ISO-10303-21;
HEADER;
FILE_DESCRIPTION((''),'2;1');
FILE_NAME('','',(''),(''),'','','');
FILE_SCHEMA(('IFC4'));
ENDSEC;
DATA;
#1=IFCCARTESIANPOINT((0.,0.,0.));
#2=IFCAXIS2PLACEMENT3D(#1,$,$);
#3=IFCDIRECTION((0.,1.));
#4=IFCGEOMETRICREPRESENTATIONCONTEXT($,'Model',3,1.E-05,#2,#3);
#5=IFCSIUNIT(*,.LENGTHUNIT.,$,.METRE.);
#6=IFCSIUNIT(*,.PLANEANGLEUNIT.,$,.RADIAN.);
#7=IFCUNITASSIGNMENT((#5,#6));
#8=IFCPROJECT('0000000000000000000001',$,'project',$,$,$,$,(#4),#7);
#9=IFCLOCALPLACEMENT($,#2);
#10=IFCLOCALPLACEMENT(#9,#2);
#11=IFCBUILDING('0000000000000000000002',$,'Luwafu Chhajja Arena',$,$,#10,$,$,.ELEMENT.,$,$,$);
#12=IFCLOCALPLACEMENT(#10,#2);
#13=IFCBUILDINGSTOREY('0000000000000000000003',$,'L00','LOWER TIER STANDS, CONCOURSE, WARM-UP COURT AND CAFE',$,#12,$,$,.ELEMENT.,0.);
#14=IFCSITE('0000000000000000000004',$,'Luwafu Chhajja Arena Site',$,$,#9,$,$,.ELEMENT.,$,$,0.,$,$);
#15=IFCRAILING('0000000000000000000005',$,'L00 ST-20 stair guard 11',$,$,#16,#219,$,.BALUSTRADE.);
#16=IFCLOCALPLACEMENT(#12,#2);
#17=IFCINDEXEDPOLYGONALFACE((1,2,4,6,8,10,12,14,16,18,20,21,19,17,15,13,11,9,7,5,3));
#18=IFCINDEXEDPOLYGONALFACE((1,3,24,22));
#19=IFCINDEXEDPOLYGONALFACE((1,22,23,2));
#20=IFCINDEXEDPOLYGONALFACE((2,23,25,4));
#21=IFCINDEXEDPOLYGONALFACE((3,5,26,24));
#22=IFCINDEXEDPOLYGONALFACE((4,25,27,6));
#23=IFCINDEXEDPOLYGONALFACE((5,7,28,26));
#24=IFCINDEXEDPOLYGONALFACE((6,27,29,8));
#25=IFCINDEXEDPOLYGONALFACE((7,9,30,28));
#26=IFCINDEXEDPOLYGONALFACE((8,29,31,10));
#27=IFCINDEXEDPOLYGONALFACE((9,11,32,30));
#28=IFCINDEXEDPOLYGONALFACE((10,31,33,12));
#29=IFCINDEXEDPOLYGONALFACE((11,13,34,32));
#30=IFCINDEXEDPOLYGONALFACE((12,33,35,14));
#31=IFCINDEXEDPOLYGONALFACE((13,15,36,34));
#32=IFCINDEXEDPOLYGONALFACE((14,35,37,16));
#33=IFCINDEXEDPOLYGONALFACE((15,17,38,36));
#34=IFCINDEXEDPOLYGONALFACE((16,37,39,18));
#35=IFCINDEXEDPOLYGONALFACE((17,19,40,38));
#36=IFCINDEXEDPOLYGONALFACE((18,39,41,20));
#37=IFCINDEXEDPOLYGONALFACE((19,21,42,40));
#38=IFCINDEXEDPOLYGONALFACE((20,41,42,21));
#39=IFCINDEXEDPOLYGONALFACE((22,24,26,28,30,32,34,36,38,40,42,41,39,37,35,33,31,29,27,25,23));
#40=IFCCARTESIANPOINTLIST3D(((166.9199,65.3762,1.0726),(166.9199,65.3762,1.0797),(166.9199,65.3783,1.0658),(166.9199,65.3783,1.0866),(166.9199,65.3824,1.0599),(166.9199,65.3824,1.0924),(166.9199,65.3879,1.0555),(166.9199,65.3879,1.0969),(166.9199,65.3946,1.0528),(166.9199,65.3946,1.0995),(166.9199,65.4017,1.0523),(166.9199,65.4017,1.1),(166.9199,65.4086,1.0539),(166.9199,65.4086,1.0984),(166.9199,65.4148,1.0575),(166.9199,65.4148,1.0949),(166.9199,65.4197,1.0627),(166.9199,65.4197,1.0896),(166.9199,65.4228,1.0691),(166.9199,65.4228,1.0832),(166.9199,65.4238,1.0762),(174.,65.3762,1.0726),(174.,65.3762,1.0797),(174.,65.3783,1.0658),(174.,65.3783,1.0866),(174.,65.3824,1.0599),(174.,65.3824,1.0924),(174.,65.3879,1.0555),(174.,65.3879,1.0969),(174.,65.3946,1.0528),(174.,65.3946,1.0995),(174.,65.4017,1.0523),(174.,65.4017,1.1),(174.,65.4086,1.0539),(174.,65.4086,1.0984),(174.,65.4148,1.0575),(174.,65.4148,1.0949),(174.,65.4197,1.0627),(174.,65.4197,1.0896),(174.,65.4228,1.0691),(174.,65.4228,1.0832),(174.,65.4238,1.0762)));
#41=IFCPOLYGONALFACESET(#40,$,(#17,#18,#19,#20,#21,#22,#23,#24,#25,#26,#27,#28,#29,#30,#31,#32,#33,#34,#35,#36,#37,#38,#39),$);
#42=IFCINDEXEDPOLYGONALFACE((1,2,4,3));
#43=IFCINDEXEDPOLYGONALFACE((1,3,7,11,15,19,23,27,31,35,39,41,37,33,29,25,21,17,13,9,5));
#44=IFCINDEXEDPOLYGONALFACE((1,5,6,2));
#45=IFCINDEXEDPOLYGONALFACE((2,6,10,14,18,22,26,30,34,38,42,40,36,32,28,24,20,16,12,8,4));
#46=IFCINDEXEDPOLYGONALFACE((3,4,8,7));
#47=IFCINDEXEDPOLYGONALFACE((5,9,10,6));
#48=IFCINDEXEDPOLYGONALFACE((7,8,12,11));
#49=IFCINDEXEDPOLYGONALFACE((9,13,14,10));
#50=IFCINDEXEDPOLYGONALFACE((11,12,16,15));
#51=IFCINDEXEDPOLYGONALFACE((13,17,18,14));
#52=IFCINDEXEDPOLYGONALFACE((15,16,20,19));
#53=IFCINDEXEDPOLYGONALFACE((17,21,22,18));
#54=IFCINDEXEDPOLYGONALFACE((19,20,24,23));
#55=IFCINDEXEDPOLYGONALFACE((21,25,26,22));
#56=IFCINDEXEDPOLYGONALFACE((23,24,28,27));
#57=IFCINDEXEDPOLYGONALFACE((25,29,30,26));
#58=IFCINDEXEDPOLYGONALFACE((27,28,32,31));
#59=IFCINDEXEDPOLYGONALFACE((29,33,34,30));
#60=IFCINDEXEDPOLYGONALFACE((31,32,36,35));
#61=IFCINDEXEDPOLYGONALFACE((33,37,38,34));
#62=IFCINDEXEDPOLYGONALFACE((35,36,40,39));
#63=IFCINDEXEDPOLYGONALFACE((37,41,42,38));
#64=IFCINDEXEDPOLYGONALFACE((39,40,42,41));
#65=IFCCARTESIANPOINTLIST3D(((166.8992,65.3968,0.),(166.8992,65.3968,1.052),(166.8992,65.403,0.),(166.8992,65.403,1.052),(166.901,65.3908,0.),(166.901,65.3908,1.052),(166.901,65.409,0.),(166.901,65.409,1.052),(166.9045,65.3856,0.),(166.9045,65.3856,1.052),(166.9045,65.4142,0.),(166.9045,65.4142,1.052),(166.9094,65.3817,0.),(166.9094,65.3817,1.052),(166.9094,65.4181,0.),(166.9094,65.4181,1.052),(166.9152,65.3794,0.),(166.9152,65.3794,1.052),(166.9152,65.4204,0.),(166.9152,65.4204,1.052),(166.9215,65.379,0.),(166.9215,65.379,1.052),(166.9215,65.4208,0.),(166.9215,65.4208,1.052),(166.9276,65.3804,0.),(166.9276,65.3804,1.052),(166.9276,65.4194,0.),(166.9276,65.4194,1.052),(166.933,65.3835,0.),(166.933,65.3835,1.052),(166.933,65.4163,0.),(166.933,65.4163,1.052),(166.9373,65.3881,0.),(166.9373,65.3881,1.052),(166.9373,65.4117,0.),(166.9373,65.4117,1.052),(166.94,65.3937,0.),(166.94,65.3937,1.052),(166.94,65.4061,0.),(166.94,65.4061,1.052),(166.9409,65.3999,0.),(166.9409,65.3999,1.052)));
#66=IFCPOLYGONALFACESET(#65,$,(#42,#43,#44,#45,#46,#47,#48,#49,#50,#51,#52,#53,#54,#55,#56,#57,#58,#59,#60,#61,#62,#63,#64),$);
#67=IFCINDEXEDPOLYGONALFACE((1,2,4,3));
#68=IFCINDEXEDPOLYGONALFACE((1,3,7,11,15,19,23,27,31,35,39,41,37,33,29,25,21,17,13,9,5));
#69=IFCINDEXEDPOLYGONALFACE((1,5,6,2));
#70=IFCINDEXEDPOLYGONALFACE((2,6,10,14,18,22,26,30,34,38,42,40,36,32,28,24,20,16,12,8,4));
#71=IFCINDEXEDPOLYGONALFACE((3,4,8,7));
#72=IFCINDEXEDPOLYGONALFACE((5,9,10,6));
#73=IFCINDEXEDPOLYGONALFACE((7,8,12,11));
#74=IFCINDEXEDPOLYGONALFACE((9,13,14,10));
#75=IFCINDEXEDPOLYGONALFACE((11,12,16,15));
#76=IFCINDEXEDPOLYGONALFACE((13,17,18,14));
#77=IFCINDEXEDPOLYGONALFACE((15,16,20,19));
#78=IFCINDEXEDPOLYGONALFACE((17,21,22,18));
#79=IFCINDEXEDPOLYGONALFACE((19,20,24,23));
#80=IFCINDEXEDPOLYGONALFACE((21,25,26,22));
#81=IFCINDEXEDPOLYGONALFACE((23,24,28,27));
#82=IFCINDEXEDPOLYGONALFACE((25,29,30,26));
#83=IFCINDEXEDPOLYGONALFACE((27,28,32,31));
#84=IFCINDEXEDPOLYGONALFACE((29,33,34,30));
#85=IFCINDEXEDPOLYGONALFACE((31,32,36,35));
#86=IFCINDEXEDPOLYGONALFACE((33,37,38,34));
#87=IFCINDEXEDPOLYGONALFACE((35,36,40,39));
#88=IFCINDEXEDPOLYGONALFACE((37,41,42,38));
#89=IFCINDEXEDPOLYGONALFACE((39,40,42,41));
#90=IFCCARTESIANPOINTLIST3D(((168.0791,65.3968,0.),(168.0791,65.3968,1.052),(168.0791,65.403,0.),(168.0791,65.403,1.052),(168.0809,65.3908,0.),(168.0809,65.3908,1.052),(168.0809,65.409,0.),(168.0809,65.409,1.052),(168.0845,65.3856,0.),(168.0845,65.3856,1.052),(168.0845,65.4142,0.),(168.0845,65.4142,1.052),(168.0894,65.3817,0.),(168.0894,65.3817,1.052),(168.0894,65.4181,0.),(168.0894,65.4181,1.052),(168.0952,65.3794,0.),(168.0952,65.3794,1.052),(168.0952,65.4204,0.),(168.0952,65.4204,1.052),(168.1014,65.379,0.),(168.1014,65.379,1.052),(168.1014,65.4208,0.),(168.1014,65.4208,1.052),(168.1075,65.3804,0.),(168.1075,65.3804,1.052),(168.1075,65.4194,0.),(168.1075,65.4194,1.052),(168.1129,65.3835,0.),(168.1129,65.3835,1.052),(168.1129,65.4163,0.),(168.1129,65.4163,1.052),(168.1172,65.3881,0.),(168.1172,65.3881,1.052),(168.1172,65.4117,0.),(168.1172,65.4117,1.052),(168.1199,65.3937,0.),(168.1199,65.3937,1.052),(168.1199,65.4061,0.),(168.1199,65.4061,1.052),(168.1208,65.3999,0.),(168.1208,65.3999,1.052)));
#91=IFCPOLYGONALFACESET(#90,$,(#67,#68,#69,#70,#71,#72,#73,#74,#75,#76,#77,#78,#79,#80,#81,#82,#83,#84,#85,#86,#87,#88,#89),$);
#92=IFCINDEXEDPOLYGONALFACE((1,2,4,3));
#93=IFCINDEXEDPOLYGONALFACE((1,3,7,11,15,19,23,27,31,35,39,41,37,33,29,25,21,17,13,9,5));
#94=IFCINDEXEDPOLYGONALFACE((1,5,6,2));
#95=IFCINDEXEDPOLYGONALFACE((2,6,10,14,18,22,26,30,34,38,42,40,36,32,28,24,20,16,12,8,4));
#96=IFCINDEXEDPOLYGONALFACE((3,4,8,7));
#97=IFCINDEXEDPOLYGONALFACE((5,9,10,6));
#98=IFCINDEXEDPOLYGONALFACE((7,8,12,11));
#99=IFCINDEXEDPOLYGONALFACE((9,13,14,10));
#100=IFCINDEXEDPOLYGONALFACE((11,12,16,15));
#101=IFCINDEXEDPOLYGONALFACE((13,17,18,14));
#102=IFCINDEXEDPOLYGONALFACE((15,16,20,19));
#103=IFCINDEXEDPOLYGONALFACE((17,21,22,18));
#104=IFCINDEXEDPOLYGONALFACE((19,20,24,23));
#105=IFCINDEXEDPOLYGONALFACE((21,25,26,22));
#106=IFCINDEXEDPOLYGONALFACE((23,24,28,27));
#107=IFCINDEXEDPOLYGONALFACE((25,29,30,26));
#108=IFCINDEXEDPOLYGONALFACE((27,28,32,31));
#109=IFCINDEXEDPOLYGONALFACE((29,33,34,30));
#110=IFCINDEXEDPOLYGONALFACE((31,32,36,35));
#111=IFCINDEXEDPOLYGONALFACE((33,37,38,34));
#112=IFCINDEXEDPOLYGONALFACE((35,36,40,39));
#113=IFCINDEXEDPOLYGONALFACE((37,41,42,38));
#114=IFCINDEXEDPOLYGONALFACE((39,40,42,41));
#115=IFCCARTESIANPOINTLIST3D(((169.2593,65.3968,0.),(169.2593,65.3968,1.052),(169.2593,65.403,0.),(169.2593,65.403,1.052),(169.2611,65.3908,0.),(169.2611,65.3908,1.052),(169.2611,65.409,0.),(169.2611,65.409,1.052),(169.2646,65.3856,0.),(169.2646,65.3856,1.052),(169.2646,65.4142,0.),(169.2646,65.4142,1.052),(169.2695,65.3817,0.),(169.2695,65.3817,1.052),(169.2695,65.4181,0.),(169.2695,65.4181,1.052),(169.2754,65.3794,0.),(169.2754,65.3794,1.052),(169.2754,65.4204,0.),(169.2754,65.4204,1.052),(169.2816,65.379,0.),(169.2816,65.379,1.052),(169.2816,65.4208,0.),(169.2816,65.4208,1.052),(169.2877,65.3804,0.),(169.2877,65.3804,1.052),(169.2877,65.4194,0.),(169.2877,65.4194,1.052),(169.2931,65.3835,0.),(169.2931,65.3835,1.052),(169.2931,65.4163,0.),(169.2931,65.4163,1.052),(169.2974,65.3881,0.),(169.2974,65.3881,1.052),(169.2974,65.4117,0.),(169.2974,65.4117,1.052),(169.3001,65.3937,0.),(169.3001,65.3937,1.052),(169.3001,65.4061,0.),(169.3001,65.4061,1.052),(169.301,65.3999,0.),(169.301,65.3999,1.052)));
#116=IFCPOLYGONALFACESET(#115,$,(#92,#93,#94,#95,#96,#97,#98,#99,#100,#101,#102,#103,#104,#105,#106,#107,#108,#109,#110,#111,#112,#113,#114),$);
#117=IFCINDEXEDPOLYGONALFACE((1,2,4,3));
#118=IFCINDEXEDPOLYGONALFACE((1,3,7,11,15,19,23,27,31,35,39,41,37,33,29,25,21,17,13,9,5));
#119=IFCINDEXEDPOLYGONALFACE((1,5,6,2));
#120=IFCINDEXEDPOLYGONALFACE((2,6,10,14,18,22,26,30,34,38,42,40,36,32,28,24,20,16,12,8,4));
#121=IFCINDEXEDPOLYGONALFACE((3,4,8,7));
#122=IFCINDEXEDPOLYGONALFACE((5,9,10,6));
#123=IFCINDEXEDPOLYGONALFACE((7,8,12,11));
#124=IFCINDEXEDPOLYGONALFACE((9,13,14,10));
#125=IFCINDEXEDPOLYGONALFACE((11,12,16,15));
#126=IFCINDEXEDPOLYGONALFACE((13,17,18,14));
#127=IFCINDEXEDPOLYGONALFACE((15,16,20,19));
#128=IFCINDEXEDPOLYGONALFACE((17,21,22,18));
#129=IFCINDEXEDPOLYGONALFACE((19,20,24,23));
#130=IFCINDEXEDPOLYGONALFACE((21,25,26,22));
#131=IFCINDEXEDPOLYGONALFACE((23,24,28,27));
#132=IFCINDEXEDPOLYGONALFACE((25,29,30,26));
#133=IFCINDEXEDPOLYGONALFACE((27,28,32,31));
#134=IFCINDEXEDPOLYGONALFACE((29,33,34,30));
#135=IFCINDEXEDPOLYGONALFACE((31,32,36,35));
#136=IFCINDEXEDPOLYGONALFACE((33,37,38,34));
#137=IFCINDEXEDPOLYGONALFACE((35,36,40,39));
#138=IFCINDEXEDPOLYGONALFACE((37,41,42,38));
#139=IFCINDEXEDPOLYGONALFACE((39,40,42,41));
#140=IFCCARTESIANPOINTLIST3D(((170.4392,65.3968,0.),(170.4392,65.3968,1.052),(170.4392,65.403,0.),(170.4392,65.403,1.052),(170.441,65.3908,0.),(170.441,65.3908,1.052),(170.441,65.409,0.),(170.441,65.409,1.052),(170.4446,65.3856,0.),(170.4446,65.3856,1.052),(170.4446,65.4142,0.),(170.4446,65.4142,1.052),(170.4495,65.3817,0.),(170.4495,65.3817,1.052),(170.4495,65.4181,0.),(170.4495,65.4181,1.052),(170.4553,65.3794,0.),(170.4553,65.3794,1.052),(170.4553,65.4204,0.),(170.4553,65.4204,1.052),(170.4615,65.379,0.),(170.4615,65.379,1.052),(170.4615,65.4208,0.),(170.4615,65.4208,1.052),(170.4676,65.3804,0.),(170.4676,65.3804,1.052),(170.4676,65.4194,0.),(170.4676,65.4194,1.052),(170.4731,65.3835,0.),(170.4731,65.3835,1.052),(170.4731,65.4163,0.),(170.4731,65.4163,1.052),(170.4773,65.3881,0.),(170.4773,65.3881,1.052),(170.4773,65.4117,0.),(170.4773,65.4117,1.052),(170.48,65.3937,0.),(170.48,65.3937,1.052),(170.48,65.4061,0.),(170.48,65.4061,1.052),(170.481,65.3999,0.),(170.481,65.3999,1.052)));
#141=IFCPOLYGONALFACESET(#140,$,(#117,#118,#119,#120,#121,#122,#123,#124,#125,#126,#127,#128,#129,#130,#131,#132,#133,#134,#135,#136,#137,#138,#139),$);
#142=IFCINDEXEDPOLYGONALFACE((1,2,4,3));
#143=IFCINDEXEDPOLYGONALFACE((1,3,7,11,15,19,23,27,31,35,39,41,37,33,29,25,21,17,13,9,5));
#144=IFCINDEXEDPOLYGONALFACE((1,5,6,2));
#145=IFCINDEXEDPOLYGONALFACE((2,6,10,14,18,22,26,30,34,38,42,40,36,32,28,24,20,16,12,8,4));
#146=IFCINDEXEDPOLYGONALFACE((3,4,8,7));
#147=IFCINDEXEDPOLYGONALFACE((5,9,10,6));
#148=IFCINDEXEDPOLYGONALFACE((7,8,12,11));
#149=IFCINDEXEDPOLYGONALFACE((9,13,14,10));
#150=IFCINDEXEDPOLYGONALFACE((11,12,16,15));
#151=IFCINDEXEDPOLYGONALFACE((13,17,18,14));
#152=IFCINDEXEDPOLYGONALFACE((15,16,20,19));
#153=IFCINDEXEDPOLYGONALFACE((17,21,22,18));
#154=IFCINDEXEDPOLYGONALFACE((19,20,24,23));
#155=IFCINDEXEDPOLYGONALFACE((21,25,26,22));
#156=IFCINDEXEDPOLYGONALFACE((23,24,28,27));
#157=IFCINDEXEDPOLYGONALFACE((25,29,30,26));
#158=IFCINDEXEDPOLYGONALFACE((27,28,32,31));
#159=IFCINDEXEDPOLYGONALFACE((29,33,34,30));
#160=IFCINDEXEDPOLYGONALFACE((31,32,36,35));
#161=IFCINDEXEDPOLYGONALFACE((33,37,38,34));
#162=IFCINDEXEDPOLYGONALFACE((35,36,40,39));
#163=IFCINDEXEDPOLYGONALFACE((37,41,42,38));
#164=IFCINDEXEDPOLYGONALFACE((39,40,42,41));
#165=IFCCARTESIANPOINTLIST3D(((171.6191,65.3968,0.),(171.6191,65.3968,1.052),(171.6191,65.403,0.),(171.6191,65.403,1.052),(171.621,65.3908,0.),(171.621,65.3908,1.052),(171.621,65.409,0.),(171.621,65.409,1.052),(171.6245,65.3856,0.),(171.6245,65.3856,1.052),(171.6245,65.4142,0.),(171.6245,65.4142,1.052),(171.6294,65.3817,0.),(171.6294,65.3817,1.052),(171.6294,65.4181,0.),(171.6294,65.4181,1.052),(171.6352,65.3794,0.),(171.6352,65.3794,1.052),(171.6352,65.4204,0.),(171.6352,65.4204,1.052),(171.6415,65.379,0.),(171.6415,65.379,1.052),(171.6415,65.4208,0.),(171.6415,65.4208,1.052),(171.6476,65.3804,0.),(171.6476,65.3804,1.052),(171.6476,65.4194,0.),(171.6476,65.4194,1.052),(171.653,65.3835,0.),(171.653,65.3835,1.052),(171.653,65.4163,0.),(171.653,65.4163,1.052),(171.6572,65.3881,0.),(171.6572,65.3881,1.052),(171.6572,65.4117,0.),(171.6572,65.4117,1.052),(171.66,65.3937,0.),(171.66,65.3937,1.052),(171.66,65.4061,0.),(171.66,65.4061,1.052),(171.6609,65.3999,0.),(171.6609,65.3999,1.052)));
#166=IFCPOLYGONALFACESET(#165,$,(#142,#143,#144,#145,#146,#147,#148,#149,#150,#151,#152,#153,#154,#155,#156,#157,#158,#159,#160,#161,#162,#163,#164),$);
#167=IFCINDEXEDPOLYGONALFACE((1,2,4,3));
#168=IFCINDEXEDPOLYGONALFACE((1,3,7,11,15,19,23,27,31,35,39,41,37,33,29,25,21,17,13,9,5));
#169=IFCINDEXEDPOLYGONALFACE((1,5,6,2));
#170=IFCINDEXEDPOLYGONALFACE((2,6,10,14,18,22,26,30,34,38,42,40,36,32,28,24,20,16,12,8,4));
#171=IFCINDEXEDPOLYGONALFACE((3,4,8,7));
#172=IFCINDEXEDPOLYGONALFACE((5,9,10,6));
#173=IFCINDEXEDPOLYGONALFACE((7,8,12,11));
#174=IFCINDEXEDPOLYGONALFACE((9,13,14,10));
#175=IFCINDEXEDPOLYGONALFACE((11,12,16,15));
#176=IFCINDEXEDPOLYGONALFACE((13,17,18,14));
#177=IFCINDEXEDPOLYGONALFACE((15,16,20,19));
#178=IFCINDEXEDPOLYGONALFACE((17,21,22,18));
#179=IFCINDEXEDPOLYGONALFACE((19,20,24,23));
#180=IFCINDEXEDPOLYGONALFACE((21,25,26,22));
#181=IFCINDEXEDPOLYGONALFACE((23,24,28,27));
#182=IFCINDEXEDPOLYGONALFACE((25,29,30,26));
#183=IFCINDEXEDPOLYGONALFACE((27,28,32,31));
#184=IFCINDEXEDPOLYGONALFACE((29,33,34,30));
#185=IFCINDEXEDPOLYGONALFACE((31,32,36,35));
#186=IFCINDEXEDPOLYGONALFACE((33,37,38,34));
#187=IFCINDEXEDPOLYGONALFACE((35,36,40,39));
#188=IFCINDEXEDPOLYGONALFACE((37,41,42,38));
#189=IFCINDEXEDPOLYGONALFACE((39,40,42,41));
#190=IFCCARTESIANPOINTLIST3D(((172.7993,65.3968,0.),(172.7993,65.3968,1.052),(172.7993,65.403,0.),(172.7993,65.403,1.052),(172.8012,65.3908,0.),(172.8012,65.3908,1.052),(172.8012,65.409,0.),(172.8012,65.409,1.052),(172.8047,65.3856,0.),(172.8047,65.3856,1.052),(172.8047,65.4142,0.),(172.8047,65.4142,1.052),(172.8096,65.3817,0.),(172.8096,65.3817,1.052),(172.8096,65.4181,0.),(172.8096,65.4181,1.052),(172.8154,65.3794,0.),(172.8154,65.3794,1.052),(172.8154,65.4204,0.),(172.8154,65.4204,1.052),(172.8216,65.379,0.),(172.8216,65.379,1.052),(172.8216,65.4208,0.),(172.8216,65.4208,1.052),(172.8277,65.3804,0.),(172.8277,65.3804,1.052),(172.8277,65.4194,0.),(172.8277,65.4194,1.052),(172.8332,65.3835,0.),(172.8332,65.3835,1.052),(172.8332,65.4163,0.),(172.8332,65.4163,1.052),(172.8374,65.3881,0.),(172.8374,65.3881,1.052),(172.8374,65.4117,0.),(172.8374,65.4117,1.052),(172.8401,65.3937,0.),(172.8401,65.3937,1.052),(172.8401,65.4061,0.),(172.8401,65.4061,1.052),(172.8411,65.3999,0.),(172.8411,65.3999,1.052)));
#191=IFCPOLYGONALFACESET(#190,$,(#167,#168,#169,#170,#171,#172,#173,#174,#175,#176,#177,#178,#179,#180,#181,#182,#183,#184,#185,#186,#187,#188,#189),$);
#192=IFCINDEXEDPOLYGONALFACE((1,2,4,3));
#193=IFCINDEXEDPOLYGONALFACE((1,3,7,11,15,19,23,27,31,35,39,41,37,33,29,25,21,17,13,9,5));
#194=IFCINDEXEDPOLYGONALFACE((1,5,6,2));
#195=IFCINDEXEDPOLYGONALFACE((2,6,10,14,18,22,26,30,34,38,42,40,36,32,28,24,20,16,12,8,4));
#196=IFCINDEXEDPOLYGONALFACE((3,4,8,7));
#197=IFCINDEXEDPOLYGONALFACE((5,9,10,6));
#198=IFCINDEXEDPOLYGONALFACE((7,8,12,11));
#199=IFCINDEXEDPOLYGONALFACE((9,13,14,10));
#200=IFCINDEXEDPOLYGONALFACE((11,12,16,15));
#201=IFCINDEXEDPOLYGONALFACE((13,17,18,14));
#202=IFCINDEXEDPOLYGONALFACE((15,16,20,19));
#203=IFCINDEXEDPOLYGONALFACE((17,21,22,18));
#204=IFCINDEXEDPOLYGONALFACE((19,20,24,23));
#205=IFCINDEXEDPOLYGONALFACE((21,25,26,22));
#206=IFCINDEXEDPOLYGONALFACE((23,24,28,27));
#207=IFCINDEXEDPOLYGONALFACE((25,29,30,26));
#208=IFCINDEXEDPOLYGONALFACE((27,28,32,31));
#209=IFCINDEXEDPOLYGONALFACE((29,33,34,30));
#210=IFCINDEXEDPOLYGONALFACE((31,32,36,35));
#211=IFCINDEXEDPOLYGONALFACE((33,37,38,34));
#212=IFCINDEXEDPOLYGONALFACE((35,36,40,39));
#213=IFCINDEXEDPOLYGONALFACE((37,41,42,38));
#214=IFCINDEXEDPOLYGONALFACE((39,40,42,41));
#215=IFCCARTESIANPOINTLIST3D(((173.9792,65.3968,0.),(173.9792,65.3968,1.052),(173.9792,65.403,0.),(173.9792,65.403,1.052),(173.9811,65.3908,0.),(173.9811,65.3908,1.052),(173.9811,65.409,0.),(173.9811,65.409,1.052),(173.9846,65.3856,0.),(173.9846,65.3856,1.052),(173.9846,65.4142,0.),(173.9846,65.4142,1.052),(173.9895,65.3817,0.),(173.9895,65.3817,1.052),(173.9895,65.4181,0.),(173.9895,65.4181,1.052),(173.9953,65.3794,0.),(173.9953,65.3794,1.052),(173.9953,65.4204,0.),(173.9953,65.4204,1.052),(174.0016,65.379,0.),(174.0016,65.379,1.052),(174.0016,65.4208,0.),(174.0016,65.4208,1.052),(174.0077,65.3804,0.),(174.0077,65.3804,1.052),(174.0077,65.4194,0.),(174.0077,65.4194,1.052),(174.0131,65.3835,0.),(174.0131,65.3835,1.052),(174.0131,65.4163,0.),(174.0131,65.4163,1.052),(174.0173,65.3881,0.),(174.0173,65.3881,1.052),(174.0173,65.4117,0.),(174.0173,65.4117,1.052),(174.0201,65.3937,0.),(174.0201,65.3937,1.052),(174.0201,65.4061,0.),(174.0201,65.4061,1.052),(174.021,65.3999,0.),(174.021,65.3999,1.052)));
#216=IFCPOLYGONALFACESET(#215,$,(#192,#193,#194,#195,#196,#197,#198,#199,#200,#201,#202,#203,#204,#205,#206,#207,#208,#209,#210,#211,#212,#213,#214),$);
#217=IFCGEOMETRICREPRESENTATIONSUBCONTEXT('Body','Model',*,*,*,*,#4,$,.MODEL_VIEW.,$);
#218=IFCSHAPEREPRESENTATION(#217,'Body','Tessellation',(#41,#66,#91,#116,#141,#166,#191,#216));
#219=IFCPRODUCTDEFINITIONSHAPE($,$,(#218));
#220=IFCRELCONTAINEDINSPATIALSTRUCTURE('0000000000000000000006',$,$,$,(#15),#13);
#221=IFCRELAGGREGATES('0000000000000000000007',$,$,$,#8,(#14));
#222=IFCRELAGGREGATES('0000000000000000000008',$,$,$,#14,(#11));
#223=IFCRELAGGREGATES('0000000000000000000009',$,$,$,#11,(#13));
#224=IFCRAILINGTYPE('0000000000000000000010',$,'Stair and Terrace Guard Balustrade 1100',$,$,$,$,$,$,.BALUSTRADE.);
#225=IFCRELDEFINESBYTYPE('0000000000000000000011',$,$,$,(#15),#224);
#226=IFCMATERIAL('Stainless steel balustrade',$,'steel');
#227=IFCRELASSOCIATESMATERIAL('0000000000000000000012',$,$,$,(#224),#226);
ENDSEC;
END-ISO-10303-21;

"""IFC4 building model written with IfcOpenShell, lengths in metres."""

from ifc_helpers import new_model, si_unit, direction, frame, origin, origin_2d, place, context, subcontext, project, spatial, circle, extrude, material, type_object, element, save


model = new_model("IFC4")

# Units and contexts
model_context = context("Model", 3, precision=1e-05, world=origin(), true_north=direction((0.0, 1.0)))
body_context = subcontext(model_context, "Body", "Model", "MODEL_VIEW")
ifc_project = project(units=[si_unit("LENGTHUNIT", "METRE"), si_unit("PLANEANGLEUNIT", "RADIAN")], contexts=[model_context])

# Site, building, storey
site_placement = place(None, origin())
site = spatial("IfcSite", under=ifc_project, at=site_placement, Name="Luwafu Chhajja Arena Site", CompositionType="ELEMENT", RefElevation=0.0)
building_placement = place(site_placement, origin())
building = spatial("IfcBuilding", under=site, at=building_placement, Name="Luwafu Chhajja Arena", CompositionType="ELEMENT")
storey_placement = place(building_placement, origin())
storey = spatial("IfcBuildingStorey", under=building, at=storey_placement, Name="L00", Description="LOWER TIER STANDS, CONCOURSE, WARM-UP COURT AND CAFE", CompositionType="ELEMENT", Elevation=0.0)

# Railing
ifc_material_1 = material(Name="Stainless steel balustrade", Category="steel")
railing_type_1 = type_object("IfcRailingType", Name="Stair and Terrace Guard Balustrade 1100", PredefinedType="BALUSTRADE", material=ifc_material_1)
for number, where, name in (
    (1, (166.9199, 65.3999, 0.0), "L00 ST-20 stair guard 11"),
):
    element("IfcRailing", number, at=place(storey_placement, frame(where)), inside=storey, type_object=railing_type_1, Name=name, PredefinedType="BALUSTRADE", context=body_context, shape_type="SweptSolid", body=[
        extrude(circle(Radius=0.0239, at=origin_2d()), frame((0.0, 0.0, 1.0762), z_axis=(1.0, 0.0, 0.0), x_axis=(0.0, 1.0, 0.0)), (0.0, 0.0, 1.0), 7.0801),
        extrude(circle(Radius=0.021, at=origin_2d()), origin(), (0.0, 0.0, 1.0), 1.052),
        extrude(circle(Radius=0.021, at=origin_2d()), frame((1.1799, 0.0, 0.0)), (0.0, 0.0, 1.0), 1.052),
        extrude(circle(Radius=0.021, at=origin_2d()), frame((2.3601, 0.0, 0.0)), (0.0, 0.0, 1.0), 1.052),
        extrude(circle(Radius=0.021, at=origin_2d()), frame((3.54, 0.0, 0.0)), (0.0, 0.0, 1.0), 1.052),
        extrude(circle(Radius=0.021, at=origin_2d()), frame((4.72, 0.0, 0.0)), (0.0, 0.0, 1.0), 1.052),
        extrude(circle(Radius=0.021, at=origin_2d()), frame((5.9001, 0.0, 0.0)), (0.0, 0.0, 1.0), 1.052),
        extrude(circle(Radius=0.021, at=origin_2d()), frame((7.0801, 0.0, 0.0)), (0.0, 0.0, 1.0), 1.052),
    ])

save(model, "model.ifc")
